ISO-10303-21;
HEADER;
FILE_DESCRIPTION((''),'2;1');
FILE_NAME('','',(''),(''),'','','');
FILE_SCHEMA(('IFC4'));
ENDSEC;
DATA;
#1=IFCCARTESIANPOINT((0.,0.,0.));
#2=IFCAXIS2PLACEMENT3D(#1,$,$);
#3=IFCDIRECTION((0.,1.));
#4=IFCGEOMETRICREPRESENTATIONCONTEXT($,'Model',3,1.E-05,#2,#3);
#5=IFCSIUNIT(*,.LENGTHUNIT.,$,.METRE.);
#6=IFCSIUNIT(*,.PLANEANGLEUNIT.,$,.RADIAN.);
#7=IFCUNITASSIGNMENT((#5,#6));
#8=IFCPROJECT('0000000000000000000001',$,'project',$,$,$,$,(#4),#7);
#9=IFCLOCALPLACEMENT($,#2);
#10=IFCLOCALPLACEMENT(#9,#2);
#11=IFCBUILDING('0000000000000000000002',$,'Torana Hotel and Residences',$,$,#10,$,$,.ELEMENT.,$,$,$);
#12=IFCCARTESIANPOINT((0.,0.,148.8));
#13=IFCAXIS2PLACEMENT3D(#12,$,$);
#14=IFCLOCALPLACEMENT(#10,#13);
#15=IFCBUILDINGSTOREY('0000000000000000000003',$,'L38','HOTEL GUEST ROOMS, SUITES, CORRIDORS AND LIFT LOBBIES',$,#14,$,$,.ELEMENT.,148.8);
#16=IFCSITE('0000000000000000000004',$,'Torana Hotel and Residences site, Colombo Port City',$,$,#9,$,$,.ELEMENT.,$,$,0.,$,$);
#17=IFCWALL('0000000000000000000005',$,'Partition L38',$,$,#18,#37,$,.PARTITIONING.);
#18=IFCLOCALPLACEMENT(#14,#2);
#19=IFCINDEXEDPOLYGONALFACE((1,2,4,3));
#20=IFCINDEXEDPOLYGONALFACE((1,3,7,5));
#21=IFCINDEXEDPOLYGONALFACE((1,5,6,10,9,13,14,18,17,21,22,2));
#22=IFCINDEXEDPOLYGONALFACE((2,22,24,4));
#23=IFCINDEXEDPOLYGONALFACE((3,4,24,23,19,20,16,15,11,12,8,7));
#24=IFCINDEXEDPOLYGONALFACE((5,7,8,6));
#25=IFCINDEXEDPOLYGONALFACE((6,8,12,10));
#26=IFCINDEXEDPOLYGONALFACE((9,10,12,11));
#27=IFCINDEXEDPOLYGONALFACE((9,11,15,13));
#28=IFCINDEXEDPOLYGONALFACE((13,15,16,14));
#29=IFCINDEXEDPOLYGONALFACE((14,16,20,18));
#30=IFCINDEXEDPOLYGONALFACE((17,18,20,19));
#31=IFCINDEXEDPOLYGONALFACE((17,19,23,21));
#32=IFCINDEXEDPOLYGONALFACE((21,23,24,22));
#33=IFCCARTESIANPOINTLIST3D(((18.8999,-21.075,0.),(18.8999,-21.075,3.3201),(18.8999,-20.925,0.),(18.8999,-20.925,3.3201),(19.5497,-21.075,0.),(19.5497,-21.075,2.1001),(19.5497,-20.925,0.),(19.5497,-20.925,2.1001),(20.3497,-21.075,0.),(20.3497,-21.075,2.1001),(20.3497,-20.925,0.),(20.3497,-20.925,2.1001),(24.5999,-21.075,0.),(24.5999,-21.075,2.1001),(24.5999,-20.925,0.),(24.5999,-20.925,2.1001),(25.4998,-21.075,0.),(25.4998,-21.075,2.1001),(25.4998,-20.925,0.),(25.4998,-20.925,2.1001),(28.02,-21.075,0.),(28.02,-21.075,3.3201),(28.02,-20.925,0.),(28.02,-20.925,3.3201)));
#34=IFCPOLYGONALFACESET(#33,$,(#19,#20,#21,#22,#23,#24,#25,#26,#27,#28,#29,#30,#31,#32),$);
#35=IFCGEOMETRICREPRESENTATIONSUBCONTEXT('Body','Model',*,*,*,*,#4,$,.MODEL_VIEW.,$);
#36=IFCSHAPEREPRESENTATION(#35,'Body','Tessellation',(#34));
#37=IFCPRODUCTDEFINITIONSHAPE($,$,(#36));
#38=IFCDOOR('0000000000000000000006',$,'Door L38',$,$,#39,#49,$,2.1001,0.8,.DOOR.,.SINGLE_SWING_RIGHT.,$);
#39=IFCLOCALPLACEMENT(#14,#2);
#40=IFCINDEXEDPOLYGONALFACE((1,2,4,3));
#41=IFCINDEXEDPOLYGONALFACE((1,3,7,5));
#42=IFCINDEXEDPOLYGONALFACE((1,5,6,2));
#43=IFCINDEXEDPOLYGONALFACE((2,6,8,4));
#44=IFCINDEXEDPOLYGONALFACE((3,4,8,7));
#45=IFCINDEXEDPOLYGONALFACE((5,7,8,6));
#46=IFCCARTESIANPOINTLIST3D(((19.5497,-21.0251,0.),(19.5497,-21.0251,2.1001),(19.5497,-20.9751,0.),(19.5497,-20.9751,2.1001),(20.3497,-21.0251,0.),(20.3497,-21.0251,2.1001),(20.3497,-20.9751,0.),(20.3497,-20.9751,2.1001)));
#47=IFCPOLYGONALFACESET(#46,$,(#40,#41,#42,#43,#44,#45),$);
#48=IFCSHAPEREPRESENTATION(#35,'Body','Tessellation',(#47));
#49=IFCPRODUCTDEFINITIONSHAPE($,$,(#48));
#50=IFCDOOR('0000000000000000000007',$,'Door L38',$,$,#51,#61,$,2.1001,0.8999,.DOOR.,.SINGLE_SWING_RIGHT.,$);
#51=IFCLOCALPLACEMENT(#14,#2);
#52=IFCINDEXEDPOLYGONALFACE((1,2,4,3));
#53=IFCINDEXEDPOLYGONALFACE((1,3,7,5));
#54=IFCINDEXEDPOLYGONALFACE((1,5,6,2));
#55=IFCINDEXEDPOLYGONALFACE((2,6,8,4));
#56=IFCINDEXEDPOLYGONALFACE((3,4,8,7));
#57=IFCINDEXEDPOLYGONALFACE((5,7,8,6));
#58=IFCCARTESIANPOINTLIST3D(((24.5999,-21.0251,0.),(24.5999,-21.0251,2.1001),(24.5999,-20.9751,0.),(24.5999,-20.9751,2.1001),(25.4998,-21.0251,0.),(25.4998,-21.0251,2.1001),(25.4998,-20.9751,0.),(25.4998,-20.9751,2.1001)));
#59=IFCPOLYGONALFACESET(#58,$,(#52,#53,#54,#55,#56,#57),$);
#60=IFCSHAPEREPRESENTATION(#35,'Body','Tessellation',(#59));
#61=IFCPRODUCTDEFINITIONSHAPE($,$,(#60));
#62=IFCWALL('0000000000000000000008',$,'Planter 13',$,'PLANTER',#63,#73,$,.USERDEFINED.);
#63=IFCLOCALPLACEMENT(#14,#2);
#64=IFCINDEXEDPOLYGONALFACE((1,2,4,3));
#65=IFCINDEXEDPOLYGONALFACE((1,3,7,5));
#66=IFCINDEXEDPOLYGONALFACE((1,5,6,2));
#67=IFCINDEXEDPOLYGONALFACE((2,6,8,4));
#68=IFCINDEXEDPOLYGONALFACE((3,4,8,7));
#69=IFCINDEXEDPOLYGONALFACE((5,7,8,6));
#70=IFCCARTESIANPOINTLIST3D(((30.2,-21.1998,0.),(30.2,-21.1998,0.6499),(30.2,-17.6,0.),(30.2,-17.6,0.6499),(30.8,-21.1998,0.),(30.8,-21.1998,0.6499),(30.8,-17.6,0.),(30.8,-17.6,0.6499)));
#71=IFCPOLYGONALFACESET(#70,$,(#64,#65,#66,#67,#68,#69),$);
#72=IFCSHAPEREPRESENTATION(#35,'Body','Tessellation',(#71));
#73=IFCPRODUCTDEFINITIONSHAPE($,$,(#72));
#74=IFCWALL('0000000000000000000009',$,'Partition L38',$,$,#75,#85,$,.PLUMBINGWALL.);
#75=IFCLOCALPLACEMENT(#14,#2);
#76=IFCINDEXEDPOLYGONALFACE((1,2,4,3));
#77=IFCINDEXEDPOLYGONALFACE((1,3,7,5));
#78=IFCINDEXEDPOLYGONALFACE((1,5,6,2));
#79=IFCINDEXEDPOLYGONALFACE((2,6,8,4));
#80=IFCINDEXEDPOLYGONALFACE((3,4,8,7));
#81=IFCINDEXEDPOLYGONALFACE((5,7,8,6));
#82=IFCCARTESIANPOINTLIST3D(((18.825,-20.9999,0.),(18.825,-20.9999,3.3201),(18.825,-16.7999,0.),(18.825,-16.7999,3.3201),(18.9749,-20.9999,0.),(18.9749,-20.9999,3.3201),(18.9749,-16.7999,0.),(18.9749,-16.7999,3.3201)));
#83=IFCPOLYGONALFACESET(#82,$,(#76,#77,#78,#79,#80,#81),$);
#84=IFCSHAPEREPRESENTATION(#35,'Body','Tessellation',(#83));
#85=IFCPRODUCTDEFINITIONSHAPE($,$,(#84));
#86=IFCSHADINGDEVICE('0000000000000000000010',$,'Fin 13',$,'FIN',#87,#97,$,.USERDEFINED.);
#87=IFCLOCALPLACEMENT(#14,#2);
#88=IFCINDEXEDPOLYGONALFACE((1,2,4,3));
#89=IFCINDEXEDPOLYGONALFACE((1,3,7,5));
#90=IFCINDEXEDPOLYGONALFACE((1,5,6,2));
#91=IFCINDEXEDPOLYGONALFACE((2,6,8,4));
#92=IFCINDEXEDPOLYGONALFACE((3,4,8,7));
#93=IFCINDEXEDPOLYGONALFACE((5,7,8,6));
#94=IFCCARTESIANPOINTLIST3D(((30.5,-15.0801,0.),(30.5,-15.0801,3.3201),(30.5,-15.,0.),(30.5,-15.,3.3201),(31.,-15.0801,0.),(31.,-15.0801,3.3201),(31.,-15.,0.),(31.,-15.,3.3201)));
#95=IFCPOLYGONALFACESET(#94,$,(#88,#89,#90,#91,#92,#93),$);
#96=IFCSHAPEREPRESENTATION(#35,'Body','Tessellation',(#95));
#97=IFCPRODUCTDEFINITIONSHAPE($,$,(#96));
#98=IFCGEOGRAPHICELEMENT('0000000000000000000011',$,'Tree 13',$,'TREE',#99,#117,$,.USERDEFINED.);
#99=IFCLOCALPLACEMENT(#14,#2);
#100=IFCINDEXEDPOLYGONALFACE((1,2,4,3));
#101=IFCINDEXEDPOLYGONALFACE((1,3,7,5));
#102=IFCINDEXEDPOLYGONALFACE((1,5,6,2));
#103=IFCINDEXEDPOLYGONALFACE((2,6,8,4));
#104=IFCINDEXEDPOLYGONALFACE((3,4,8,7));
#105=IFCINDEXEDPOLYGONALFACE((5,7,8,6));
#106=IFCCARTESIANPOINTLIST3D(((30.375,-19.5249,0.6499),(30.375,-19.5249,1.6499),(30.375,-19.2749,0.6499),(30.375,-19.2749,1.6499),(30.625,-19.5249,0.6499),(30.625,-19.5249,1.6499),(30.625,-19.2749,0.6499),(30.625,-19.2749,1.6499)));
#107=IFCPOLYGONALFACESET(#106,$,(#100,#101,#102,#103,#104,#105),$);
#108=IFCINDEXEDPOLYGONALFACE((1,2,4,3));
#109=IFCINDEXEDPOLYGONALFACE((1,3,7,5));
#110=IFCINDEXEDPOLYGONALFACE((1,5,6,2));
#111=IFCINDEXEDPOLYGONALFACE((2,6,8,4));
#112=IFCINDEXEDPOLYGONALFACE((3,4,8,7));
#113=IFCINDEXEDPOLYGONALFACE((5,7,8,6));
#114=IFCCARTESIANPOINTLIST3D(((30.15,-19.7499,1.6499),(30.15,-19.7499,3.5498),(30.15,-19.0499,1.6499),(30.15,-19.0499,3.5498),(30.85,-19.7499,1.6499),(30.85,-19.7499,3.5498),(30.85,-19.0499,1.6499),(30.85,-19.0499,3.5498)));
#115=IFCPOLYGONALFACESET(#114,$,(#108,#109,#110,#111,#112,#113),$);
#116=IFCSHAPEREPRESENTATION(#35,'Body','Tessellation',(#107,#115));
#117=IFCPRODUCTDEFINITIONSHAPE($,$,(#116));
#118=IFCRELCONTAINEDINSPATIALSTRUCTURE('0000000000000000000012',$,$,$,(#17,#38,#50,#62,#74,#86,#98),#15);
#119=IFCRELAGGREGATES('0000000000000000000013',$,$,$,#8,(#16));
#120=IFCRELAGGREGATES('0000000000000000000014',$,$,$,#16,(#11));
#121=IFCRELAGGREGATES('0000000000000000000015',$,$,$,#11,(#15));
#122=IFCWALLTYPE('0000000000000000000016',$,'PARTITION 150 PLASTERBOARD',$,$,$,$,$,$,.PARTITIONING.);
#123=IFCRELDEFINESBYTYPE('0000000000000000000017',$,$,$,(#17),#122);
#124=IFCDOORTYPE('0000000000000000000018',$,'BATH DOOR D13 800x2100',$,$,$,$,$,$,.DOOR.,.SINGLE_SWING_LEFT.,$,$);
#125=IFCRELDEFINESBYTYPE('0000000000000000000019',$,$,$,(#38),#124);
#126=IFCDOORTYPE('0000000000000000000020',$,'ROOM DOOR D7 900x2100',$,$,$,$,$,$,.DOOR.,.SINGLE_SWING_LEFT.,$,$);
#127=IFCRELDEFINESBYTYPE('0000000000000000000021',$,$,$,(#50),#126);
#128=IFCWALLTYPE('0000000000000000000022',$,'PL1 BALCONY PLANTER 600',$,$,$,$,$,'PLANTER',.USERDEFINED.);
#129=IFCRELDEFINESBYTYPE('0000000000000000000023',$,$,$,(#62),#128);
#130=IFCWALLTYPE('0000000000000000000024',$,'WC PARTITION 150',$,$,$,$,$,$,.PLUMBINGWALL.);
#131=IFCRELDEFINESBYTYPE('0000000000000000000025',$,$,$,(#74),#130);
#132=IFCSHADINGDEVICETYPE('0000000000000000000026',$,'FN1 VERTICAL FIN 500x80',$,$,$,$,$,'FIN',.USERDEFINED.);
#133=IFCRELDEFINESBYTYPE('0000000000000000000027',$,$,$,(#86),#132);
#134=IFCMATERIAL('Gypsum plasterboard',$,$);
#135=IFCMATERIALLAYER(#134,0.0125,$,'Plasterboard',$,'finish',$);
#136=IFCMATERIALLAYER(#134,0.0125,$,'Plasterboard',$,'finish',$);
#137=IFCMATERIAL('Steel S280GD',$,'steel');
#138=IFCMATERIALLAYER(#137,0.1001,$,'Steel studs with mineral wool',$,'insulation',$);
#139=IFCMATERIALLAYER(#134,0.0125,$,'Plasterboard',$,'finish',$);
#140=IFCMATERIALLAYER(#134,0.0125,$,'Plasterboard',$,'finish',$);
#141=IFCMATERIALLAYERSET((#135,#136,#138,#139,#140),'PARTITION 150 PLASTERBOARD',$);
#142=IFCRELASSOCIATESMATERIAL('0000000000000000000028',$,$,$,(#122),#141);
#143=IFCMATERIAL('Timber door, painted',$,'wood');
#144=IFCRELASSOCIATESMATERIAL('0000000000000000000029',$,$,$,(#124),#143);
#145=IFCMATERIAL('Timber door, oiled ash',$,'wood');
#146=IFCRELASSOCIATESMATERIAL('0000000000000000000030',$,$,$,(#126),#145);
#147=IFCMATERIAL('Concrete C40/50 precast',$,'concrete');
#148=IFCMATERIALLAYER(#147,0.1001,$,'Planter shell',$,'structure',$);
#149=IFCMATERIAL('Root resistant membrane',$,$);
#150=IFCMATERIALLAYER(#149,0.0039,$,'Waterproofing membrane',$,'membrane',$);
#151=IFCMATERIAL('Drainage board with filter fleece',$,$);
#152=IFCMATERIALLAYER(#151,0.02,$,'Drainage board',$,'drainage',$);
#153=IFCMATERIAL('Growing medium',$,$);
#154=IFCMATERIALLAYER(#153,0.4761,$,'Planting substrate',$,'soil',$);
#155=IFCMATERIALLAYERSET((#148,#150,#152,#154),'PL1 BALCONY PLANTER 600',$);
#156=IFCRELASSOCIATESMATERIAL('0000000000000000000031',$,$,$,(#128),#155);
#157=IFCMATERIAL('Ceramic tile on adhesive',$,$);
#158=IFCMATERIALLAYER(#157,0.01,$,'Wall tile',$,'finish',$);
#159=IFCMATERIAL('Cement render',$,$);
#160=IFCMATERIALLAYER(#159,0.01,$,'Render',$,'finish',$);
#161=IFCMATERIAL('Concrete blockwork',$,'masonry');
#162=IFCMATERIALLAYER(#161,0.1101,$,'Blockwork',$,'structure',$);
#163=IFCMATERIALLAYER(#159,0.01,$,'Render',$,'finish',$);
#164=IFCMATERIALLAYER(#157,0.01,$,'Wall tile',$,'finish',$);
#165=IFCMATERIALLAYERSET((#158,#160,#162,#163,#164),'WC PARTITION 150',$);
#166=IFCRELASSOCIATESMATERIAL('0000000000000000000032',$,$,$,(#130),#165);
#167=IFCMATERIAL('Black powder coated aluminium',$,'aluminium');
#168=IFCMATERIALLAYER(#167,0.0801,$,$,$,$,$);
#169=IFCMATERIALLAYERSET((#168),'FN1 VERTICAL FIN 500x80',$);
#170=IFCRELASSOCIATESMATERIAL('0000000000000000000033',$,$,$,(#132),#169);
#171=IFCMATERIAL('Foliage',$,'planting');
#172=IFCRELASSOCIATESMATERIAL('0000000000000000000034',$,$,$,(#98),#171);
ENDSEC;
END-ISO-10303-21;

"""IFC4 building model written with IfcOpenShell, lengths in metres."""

from ifc_helpers import new_model, si_unit, direction, frame, frame_2d, origin, origin_2d, place, context, subcontext, project, spatial, rectangle, extrude, material, layer, layer_set, type_object, element, fill, save


model = new_model("IFC4")

# Units and contexts
model_context = context("Model", 3, precision=1e-05, world=origin(), true_north=direction((0.0, 1.0)))
body_context = subcontext(model_context, "Body", "Model", "MODEL_VIEW")
ifc_project = project(units=[si_unit("LENGTHUNIT", "METRE"), si_unit("PLANEANGLEUNIT", "RADIAN")], contexts=[model_context])

# Site, building, storey
site_placement = place(None, origin())
site = spatial("IfcSite", under=ifc_project, at=site_placement, Name="Torana Hotel and Residences site, Colombo Port City", CompositionType="ELEMENT", RefElevation=0.0)
building_placement = place(site_placement, origin())
building = spatial("IfcBuilding", under=site, at=building_placement, Name="Torana Hotel and Residences", CompositionType="ELEMENT")
storey_placement = place(building_placement, frame((0.0, 0.0, 148.8)))
storey = spatial("IfcBuildingStorey", under=building, at=storey_placement, Name="L38", Description="HOTEL GUEST ROOMS, SUITES, CORRIDORS AND LIFT LOBBIES", CompositionType="ELEMENT", Elevation=148.8)

# Shared definitions
ifc_material_1 = material(Name="Concrete blockwork", Category="masonry")

# Shared definitions
ifc_material_2 = material(Name="Gypsum plasterboard")
ifc_layer_1 = layer(ifc_material_2, 0.0125, Name="Plasterboard", Category="finish")
ifc_layer_2 = layer(ifc_material_2, 0.0125, Name="Plasterboard", Category="finish")
ifc_material_3 = material(Name="Steel S280GD", Category="steel")
ifc_layer_3 = layer(ifc_material_3, 0.1001, Name="Steel studs with mineral wool", Category="insulation")
ifc_layer_4 = layer(ifc_material_2, 0.0125, Name="Plasterboard", Category="finish")
ifc_layer_5 = layer(ifc_material_2, 0.0125, Name="Plasterboard", Category="finish")
ifc_layer_set_1 = layer_set([ifc_layer_1, ifc_layer_2, ifc_layer_3, ifc_layer_4, ifc_layer_5], Name="PARTITION 150 PLASTERBOARD")
wall_type_1 = type_object("IfcWallType", Name="PARTITION 150 PLASTERBOARD", PredefinedType="PARTITIONING", material=ifc_layer_set_1)

# Wall, openings, doors
wall_1_placement = place(storey_placement, frame((18.8999, -21.0, 0.0), z_axis=(0.0, 0.0, 1.0), x_axis=(1.0, 0.0, 0.0)))
wall_1 = element("IfcWall", 1, at=wall_1_placement, inside=storey, type_object=wall_type_1, Name="Partition L38", PredefinedType="PARTITIONING", context=body_context, shape_type="SweptSolid", body=[
    extrude(rectangle(XDim=9.1201, YDim=0.1499, at=frame_2d((4.5601, 0.0))), origin(), (0.0, 0.0, 1.0), 3.3201),
])
opening_1_placement = place(wall_1_placement, frame((0.6499, 0.0, 0.0)))
opening_1 = element("IfcOpeningElement", 2, at=opening_1_placement, cuts=wall_1, PredefinedType="OPENING", context=body_context, shape_type="SweptSolid", body=[
    extrude(rectangle(XDim=0.8, YDim=2.1001, at=frame_2d((0.3999, 1.05))), frame((0.0, 0.085, 0.0), z_axis=(0.0, -1.0, 0.0), x_axis=(1.0, 0.0, 0.0)), (0.0, 0.0, 1.0), 0.1699),
])
opening_2_placement = place(wall_1_placement, frame((5.7, 0.0, 0.0)))
opening_2 = element("IfcOpeningElement", 3, at=opening_2_placement, cuts=wall_1, PredefinedType="OPENING", context=body_context, shape_type="SweptSolid", body=[
    extrude(rectangle(XDim=0.8999, YDim=2.1001, at=frame_2d((0.45, 1.05))), frame((0.0, 0.085, 0.0), z_axis=(0.0, -1.0, 0.0), x_axis=(1.0, 0.0, 0.0)), (0.0, 0.0, 1.0), 0.1699),
])
ifc_material_4 = material(Name="Timber door, painted", Category="wood")
door_type_1 = type_object("IfcDoorType", Name="BATH DOOR D13 800x2100", OperationType="SINGLE_SWING_LEFT", PredefinedType="DOOR", material=ifc_material_4)
door_1_placement = place(opening_1_placement, origin())
door_1 = element("IfcDoor", 4, at=door_1_placement, inside=storey, type_object=door_type_1, Name="Door L38", OperationType="SINGLE_SWING_RIGHT", OverallHeight=2.1001, OverallWidth=0.8, PredefinedType="DOOR", context=body_context, shape_type="SweptSolid", body=[
    extrude(rectangle(XDim=0.8, YDim=2.1001, at=frame_2d((0.3999, 1.05))), frame((0.0, 0.0249, 0.0), z_axis=(0.0, -1.0, 0.0), x_axis=(1.0, 0.0, 0.0)), (0.0, 0.0, 1.0), 0.05),
])
fill(opening_1, door_1)
ifc_material_5 = material(Name="Timber door, oiled ash", Category="wood")
door_type_2 = type_object("IfcDoorType", Name="ROOM DOOR D7 900x2100", OperationType="SINGLE_SWING_LEFT", PredefinedType="DOOR", material=ifc_material_5)
door_2_placement = place(opening_2_placement, origin())
door_2 = element("IfcDoor", 5, at=door_2_placement, inside=storey, type_object=door_type_2, Name="Door L38", OperationType="SINGLE_SWING_RIGHT", OverallHeight=2.1001, OverallWidth=0.8999, PredefinedType="DOOR", context=body_context, shape_type="SweptSolid", body=[
    extrude(rectangle(XDim=0.8999, YDim=2.1001, at=frame_2d((0.45, 1.05))), frame((0.0, 0.0249, 0.0), z_axis=(0.0, -1.0, 0.0), x_axis=(1.0, 0.0, 0.0)), (0.0, 0.0, 1.0), 0.05),
])
fill(opening_2, door_2)

# Walls
ifc_material_6 = material(Name="Concrete C40/50 precast", Category="concrete")
ifc_layer_6 = layer(ifc_material_6, 0.1001, Name="Planter shell", Category="structure")
ifc_material_7 = material(Name="Root resistant membrane")
ifc_layer_7 = layer(ifc_material_7, 0.0039, Name="Waterproofing membrane", Category="membrane")
ifc_material_8 = material(Name="Drainage board with filter fleece")
ifc_layer_8 = layer(ifc_material_8, 0.02, Name="Drainage board", Category="drainage")
ifc_material_9 = material(Name="Growing medium")
ifc_layer_9 = layer(ifc_material_9, 0.4761, Name="Planting substrate", Category="soil")
ifc_layer_set_2 = layer_set([ifc_layer_6, ifc_layer_7, ifc_layer_8, ifc_layer_9], Name="PL1 BALCONY PLANTER 600")
wall_type_2 = type_object("IfcWallType", Name="PL1 BALCONY PLANTER 600", ElementType="PLANTER", PredefinedType="USERDEFINED", material=ifc_layer_set_2)
wall_2_placement = place(storey_placement, frame((30.5, -17.6001, 0.0), z_axis=(0.0, 0.0, 1.0), x_axis=(0.0, -1.0, 0.0)))
element("IfcWall", 6, at=wall_2_placement, inside=storey, type_object=wall_type_2, Name="Planter 13", ObjectType="PLANTER", PredefinedType="USERDEFINED", context=body_context, shape_type="SweptSolid", body=[
    extrude(rectangle(XDim=3.5999, YDim=0.6001, at=frame_2d((1.7998, 0.0))), origin(), (0.0, 0.0, 1.0), 0.6499),
])
ifc_material_10 = material(Name="Ceramic tile on adhesive")
ifc_layer_10 = layer(ifc_material_10, 0.01, Name="Wall tile", Category="finish")
ifc_material_11 = material(Name="Cement render")
ifc_layer_11 = layer(ifc_material_11, 0.01, Name="Render", Category="finish")
ifc_layer_12 = layer(ifc_material_1, 0.1101, Name="Blockwork", Category="structure")
ifc_layer_13 = layer(ifc_material_11, 0.01, Name="Render", Category="finish")
ifc_layer_14 = layer(ifc_material_10, 0.01, Name="Wall tile", Category="finish")
ifc_layer_set_3 = layer_set([ifc_layer_10, ifc_layer_11, ifc_layer_12, ifc_layer_13, ifc_layer_14], Name="WC PARTITION 150")
wall_type_3 = type_object("IfcWallType", Name="WC PARTITION 150", PredefinedType="PLUMBINGWALL", material=ifc_layer_set_3)
wall_3_placement = place(storey_placement, frame((18.8999, -21.0, 0.0), z_axis=(0.0, 0.0, 1.0), x_axis=(0.0, 1.0, 0.0)))
element("IfcWall", 7, at=wall_3_placement, inside=storey, type_object=wall_type_3, Name="Partition L38", PredefinedType="PLUMBINGWALL", context=body_context, shape_type="SweptSolid", body=[
    extrude(rectangle(XDim=4.2, YDim=0.1499, at=frame_2d((2.1001, 0.0))), origin(), (0.0, 0.0, 1.0), 3.3201),
])

# Shading device
ifc_material_12 = material(Name="Black powder coated aluminium", Category="aluminium")
ifc_layer_15 = layer(ifc_material_12, 0.0801)
ifc_layer_set_4 = layer_set([ifc_layer_15], Name="FN1 VERTICAL FIN 500x80")
shading_device_type = type_object("IfcShadingDeviceType", Name="FN1 VERTICAL FIN 500x80", ElementType="FIN", PredefinedType="USERDEFINED", material=ifc_layer_set_4)
shading_device_placement = place(storey_placement, frame((30.75, -15.04, 0.0), z_axis=(0.0, 0.0, 1.0), x_axis=(0.0, -1.0, 0.0)))
element("IfcShadingDevice", 8, at=shading_device_placement, inside=storey, type_object=shading_device_type, Name="Fin 13", ObjectType="FIN", PredefinedType="USERDEFINED", context=body_context, shape_type="SweptSolid", body=[
    extrude(rectangle(XDim=0.0801, YDim=0.5, at=origin_2d()), origin(), (0.0, 0.0, 1.0), 3.3201),
])

# Geographic element
ifc_material_13 = material(Name="Foliage", Category="planting")
geographic_element_placement = place(storey_placement, frame((30.5, -19.3999, 0.6499), z_axis=(0.0, 0.0, 1.0), x_axis=(1.0, 0.0, 0.0)))
element("IfcGeographicElement", 9, at=geographic_element_placement, inside=storey, material=ifc_material_13, Name="Tree 13", ObjectType="TREE", PredefinedType="USERDEFINED", context=body_context, shape_type="SweptSolid", body=[
    extrude(rectangle(XDim=0.25, YDim=0.25, at=origin_2d()), origin(), (0.0, 0.0, 1.0), 1.0),
    extrude(rectangle(XDim=0.7, YDim=0.7, at=origin_2d()), frame((0.0, 0.0, 1.0)), (0.0, 0.0, 1.0), 1.8999),
])

save(model, "model.ifc")
